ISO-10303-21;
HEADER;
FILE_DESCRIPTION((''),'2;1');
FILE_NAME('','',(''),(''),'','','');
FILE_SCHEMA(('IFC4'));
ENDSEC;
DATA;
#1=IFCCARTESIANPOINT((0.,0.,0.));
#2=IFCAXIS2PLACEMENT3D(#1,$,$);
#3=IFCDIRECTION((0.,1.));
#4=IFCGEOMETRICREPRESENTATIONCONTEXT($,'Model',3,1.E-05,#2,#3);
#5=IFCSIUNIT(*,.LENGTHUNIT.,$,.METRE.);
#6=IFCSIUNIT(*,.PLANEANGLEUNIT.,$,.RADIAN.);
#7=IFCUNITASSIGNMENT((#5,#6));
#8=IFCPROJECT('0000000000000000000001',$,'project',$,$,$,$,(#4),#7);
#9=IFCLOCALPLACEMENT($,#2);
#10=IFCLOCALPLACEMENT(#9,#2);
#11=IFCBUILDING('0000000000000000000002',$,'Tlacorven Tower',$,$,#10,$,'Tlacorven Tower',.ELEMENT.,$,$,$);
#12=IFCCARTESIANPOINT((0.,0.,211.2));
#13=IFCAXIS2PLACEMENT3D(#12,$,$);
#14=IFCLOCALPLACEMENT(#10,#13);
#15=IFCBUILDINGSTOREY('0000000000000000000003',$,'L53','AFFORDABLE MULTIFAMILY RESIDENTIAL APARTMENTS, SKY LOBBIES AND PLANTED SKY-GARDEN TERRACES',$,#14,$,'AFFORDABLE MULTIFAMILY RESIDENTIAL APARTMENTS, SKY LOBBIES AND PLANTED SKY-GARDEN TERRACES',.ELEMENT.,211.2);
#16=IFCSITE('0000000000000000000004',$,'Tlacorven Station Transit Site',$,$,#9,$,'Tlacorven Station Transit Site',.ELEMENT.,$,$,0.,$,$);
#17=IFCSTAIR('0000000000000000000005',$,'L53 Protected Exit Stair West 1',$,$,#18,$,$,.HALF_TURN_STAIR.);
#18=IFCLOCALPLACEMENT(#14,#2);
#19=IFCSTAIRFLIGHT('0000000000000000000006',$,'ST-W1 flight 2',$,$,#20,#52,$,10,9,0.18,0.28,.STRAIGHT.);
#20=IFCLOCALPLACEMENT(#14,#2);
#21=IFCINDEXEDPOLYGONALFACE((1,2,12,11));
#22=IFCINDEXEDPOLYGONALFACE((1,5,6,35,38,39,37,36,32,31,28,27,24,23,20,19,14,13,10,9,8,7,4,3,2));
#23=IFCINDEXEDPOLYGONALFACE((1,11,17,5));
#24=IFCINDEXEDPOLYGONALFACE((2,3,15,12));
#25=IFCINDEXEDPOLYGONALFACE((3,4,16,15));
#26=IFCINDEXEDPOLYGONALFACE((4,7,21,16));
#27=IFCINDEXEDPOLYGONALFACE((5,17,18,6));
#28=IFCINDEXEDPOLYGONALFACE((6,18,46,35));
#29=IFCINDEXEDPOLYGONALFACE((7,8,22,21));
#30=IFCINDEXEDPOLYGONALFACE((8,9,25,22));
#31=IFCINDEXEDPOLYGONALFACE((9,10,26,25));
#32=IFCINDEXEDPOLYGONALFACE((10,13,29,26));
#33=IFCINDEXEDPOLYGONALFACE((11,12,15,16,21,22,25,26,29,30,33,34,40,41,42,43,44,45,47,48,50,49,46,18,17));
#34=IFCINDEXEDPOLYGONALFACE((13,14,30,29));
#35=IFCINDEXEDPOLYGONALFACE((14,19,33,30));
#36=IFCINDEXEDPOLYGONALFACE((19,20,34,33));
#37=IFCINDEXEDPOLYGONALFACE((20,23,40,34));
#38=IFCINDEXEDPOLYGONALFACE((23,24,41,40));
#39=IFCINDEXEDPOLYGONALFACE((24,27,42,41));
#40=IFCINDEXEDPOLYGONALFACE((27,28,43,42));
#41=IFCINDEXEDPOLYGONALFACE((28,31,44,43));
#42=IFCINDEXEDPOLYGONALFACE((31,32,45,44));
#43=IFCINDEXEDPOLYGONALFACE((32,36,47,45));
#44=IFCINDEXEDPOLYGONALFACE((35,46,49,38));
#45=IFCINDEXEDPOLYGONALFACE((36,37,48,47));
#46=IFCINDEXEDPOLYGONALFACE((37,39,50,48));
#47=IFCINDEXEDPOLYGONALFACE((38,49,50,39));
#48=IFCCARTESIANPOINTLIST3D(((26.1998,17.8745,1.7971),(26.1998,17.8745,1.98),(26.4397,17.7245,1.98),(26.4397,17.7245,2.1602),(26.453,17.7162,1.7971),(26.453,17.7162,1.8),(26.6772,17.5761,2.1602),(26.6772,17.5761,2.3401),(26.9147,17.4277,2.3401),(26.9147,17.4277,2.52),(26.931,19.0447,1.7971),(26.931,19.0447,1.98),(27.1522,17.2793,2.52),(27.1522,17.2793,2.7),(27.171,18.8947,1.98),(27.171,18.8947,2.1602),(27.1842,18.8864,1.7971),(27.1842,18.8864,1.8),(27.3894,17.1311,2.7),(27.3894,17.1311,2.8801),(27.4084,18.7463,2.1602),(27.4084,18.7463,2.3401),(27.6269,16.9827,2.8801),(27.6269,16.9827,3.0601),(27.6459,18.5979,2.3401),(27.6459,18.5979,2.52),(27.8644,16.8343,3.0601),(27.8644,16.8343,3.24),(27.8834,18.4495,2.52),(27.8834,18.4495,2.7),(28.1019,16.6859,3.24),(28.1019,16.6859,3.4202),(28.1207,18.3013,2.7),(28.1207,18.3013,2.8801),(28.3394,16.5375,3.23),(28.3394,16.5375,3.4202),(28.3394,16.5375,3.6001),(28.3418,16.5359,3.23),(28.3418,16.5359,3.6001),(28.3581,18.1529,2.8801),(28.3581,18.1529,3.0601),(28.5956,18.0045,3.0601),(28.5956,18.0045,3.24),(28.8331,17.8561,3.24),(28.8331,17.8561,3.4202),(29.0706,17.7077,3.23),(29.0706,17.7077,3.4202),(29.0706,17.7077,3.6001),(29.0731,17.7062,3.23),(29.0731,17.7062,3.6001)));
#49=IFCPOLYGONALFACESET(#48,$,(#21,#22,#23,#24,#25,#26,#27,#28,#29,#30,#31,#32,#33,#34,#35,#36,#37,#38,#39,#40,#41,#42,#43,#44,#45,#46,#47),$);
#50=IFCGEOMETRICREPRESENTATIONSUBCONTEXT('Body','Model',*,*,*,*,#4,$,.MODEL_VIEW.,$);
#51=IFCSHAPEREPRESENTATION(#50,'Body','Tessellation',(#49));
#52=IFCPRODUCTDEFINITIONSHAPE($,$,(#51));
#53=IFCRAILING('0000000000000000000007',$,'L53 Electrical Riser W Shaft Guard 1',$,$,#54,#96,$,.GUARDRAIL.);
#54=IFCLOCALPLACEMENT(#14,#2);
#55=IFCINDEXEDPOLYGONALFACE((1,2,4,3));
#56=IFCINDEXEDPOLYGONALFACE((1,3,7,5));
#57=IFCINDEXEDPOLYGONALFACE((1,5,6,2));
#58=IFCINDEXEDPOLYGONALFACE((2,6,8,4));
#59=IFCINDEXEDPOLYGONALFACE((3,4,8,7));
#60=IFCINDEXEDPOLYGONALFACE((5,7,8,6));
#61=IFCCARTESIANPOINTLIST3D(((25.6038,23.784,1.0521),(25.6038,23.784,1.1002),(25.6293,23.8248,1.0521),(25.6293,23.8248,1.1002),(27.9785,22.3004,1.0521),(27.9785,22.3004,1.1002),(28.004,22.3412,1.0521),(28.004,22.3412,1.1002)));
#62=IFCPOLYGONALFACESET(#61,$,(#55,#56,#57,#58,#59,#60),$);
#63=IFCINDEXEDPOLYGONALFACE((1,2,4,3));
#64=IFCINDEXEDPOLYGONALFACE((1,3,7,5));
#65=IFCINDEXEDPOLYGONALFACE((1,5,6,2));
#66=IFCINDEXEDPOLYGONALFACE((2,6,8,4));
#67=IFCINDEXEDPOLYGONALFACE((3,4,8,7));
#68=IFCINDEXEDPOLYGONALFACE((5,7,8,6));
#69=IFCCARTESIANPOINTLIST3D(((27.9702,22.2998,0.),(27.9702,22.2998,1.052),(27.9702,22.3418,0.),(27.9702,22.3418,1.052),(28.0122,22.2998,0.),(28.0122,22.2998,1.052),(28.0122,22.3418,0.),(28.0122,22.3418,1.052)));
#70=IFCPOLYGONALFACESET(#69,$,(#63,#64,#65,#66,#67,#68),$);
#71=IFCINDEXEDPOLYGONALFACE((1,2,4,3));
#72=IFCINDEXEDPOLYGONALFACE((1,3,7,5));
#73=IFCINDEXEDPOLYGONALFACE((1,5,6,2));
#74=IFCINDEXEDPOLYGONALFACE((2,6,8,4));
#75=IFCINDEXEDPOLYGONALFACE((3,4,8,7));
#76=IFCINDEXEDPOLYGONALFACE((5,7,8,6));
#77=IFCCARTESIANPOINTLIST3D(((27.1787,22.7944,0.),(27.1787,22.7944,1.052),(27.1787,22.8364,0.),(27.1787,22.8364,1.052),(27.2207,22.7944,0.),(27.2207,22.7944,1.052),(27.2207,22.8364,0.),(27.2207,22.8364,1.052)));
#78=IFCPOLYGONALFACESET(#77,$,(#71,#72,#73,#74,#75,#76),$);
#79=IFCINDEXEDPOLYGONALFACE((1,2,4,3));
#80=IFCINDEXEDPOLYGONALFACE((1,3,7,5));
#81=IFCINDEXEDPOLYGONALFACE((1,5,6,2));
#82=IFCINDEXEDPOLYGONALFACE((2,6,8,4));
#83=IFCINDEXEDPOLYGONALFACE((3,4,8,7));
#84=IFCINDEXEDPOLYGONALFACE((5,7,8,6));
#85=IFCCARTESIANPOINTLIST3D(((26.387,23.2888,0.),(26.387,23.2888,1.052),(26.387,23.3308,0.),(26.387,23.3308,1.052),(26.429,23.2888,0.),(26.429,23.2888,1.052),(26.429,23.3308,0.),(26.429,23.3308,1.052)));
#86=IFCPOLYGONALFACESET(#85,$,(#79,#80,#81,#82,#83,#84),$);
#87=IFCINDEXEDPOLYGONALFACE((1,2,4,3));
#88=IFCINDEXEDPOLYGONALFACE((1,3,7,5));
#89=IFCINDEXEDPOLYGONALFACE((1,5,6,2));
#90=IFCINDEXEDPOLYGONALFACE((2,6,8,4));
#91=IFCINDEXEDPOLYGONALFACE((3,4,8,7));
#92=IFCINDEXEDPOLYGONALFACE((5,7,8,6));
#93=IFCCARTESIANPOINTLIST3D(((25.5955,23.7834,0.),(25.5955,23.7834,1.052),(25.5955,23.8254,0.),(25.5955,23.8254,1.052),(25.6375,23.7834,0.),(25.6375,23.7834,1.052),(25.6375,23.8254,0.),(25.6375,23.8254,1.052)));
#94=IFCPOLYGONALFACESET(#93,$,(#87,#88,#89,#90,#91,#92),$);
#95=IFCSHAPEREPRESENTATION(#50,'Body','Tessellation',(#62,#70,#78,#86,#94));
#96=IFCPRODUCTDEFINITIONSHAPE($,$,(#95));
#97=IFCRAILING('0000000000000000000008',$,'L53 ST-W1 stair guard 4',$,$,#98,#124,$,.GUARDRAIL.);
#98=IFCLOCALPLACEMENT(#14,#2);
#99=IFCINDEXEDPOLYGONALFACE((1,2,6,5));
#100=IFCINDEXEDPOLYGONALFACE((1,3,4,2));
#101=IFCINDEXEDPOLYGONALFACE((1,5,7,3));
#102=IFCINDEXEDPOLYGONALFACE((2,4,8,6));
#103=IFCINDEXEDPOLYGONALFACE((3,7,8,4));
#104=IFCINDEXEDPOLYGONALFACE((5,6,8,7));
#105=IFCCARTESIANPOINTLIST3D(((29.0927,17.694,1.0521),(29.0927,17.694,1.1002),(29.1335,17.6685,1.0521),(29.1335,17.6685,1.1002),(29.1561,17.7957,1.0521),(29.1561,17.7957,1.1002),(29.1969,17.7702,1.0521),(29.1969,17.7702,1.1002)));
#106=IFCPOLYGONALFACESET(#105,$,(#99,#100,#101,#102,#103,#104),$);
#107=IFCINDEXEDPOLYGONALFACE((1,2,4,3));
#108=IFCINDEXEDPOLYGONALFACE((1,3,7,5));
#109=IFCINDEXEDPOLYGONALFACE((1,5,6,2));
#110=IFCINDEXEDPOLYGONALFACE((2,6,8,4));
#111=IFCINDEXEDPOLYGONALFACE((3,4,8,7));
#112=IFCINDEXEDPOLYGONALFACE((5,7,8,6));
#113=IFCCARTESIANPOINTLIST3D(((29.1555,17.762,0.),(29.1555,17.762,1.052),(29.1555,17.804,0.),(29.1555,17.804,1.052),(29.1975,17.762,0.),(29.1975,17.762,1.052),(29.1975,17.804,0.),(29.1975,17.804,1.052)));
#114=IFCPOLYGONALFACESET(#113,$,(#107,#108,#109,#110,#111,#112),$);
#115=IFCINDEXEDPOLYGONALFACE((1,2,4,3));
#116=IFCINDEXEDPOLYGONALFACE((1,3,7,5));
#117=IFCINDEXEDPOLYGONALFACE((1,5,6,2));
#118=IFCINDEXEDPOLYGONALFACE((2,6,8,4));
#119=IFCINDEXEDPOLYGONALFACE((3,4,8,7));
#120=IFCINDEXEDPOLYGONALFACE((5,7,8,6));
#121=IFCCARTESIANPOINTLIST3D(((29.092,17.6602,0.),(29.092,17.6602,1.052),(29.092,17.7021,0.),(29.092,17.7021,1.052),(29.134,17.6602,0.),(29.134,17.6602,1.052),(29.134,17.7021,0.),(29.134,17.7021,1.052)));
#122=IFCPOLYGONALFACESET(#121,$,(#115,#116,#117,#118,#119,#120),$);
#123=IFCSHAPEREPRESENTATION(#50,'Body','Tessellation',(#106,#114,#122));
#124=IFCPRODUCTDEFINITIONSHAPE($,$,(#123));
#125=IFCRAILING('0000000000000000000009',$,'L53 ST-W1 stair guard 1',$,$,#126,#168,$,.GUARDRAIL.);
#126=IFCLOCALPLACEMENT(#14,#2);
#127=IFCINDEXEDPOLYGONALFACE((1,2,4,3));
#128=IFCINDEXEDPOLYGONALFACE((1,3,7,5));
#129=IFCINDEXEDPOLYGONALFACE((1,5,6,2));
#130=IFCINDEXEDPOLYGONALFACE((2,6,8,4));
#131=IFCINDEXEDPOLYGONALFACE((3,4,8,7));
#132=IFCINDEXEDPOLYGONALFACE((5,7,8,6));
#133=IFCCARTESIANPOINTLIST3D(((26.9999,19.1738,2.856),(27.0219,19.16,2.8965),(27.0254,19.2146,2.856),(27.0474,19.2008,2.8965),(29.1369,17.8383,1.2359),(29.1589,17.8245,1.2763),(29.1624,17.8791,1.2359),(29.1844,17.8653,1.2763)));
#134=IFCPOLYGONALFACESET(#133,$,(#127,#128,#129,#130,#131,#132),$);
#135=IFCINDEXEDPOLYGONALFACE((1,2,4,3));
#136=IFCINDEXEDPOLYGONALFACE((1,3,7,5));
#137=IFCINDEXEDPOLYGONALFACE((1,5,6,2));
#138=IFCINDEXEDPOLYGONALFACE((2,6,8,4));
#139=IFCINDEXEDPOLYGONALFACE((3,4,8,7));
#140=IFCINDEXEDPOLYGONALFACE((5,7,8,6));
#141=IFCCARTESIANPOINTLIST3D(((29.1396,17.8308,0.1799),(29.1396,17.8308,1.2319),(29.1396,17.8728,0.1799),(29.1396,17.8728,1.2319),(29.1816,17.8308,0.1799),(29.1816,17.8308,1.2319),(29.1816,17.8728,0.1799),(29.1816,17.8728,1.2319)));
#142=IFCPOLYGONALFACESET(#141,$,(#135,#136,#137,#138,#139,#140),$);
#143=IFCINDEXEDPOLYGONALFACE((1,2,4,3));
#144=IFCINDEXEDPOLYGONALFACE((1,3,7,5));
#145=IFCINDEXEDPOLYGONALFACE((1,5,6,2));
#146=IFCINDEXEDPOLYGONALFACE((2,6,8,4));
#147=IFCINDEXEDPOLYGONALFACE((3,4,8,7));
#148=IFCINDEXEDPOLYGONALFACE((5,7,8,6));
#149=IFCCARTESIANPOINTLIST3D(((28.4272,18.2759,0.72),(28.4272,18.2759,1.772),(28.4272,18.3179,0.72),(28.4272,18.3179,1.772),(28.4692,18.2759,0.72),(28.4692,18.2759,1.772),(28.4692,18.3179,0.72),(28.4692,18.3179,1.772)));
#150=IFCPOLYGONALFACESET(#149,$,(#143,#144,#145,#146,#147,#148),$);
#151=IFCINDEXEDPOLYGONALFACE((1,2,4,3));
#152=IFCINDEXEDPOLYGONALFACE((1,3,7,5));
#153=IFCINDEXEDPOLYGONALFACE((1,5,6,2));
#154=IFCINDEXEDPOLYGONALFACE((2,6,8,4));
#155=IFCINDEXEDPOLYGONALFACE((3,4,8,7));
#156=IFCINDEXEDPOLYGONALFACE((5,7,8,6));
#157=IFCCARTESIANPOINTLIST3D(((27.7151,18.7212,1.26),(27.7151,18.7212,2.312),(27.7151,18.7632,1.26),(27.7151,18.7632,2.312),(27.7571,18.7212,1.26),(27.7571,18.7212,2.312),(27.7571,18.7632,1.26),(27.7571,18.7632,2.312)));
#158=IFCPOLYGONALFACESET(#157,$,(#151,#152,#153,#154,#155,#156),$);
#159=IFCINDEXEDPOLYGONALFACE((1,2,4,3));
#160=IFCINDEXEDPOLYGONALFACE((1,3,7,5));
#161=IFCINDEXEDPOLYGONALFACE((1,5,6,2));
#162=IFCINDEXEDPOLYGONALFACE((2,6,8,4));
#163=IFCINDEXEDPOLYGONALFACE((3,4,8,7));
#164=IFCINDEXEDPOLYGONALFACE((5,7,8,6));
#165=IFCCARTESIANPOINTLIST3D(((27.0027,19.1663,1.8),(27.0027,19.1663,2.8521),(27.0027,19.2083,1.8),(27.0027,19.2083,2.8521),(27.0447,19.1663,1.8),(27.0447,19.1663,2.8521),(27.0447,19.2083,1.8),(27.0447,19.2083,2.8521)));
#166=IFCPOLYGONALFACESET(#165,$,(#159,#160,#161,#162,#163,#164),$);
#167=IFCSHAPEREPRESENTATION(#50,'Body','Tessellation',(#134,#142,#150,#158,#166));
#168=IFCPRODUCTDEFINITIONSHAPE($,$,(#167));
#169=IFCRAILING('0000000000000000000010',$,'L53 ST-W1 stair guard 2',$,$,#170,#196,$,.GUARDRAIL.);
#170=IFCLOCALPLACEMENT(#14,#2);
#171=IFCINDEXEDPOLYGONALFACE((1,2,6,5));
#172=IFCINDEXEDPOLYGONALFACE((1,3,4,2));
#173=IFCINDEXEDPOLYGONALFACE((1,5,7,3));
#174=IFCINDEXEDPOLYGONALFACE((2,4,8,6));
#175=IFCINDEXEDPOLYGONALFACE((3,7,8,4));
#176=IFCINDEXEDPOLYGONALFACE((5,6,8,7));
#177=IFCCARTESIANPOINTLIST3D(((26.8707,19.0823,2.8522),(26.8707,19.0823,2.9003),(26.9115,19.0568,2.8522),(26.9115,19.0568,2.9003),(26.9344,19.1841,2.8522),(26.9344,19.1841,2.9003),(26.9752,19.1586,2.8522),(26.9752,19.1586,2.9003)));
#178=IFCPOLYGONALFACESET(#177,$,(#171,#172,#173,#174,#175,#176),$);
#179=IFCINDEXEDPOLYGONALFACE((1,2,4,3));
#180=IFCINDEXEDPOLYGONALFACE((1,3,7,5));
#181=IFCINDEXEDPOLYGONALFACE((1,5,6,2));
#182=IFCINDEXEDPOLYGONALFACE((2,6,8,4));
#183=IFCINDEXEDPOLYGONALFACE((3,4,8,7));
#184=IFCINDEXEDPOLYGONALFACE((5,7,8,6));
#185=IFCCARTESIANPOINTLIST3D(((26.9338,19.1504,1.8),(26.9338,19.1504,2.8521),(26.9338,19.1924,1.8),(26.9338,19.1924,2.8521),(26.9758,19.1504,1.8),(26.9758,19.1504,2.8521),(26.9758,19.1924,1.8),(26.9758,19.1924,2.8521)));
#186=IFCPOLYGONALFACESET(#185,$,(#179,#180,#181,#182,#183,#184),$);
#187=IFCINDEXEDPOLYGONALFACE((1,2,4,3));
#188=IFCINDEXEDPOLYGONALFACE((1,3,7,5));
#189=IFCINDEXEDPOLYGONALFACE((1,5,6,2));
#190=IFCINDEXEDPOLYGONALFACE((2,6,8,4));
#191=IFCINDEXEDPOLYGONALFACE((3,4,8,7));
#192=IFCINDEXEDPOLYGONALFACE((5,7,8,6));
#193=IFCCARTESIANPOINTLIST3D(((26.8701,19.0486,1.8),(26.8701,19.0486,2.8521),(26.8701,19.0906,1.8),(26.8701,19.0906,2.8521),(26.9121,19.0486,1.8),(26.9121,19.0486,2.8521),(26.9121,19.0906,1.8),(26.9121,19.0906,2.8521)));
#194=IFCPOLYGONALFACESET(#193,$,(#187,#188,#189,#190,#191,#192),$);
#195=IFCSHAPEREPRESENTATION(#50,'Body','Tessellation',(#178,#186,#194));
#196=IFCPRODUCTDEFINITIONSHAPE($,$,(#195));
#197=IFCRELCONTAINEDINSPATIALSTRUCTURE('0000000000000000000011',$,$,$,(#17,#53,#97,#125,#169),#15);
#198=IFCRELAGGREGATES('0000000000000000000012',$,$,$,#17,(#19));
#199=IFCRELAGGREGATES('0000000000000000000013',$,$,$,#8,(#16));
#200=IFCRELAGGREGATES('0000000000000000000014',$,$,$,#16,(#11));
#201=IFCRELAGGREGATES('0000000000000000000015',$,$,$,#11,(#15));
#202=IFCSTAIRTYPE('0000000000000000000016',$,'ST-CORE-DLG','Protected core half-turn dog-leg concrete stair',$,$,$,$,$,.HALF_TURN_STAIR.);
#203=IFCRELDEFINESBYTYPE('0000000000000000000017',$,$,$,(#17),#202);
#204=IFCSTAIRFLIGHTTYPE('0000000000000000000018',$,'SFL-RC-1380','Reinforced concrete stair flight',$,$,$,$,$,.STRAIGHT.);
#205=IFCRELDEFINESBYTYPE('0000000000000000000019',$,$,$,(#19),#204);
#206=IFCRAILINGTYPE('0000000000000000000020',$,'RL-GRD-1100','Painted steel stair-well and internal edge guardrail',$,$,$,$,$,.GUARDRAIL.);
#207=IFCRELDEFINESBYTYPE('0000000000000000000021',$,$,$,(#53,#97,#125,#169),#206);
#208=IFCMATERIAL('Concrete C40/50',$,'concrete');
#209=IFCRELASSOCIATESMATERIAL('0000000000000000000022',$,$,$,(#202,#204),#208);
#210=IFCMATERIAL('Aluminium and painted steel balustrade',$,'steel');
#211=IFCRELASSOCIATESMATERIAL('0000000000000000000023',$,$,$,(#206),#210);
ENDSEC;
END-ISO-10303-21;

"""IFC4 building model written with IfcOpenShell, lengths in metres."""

from ifc_helpers import new_model, si_unit, direction, frame, origin, origin_2d, place, context, subcontext, project, spatial, polyline, rectangle, outline, extrude, source, transform, mapped, material, type_object, element, aggregate, save


model = new_model("IFC4")

# Units and contexts
model_context = context("Model", 3, precision=1e-05, world=origin(), true_north=direction((0.0, 1.0)))
body_context = subcontext(model_context, "Body", "Model", "MODEL_VIEW")
ifc_project = project(units=[si_unit("LENGTHUNIT", "METRE"), si_unit("PLANEANGLEUNIT", "RADIAN")], contexts=[model_context])

# Site, building, storey
site_placement = place(None, origin())
site = spatial("IfcSite", under=ifc_project, at=site_placement, Name="Tlacorven Station Transit Site", LongName="Tlacorven Station Transit Site", CompositionType="ELEMENT", RefElevation=0.0)
building_placement = place(site_placement, origin())
building = spatial("IfcBuilding", under=site, at=building_placement, Name="Tlacorven Tower", LongName="Tlacorven Tower", CompositionType="ELEMENT")
storey_placement = place(building_placement, frame((0.0, 0.0, 211.2)))
storey = spatial("IfcBuildingStorey", under=building, at=storey_placement, Name="L53", Description="AFFORDABLE MULTIFAMILY RESIDENTIAL APARTMENTS, SKY LOBBIES AND PLANTED SKY-GARDEN TERRACES", LongName="AFFORDABLE MULTIFAMILY RESIDENTIAL APARTMENTS, SKY LOBBIES AND PLANTED SKY-GARDEN TERRACES", CompositionType="ELEMENT", Elevation=211.2)

# Shared definitions
ifc_material_1 = material(Name="Concrete C40/50", Category="concrete")

# Stair, stair flight
stair_type = type_object("IfcStairType", Name="ST-CORE-DLG", Description="Protected core half-turn dog-leg concrete stair", PredefinedType="HALF_TURN_STAIR", material=ifc_material_1)
stair_placement = place(storey_placement, origin())
stair = element("IfcStair", 1, at=stair_placement, inside=storey, type_object=stair_type, Name="L53 Protected Exit Stair West 1", PredefinedType="HALF_TURN_STAIR")
stair_flight_type = type_object("IfcStairFlightType", Name="SFL-RC-1380", Description="Reinforced concrete stair flight", PredefinedType="STRAIGHT", material=ifc_material_1)
shared_shape_1 = source(origin(), body_context, "Body", "SweptSolid", [
    extrude(outline(polyline([(-0.0029, -0.0029), (-0.0029, 0.1799), (0.28, 0.1799), (0.28, 0.3601), (0.5601, 0.3601), (0.5601, 0.54), (0.8401, 0.54), (0.8401, 0.72), (1.1201, 0.72), (1.1201, 0.8999), (1.3999, 0.8999), (1.3999, 1.0801), (1.6799, 1.0801), (1.6799, 1.26), (1.96, 1.26), (1.96, 1.4399), (2.24, 1.4399), (2.24, 1.6201), (2.52, 1.6201), (2.52, 1.8), (2.5229, 1.8), (2.5229, 1.4299), (2.52, 1.4299), (0.2957, 0.0), (0.2957, -0.0029), (-0.0029, -0.0029)])), frame((0.0, 0.6899, 0.0), z_axis=(0.0, -1.0, 0.0), x_axis=(1.0, 0.0, 0.0)), (0.0, 0.0, 1.0), 1.3799),
])
stair_flight_1_placement = place(storey_placement, frame((26.5679, 18.458, 1.8), z_axis=(0.0, 0.0, 1.0), x_axis=(0.848048, -0.529919, 0.0)))
stair_flight_1 = element("IfcStairFlight", 2, at=stair_flight_1_placement, type_object=stair_flight_type, Name="ST-W1 flight 2", NumberOfRisers=10, NumberOfTreads=9, PredefinedType="STRAIGHT", RiserHeight=0.18, TreadLength=0.28, context=body_context, shape_type="MappedRepresentation", body=[
    mapped(shared_shape_1, transform((0.0, 0.0, 0.0), scale=1.0)),
])
aggregate(stair, [stair_flight_1])

# Railings
ifc_material_2 = material(Name="Aluminium and painted steel balustrade", Category="steel")
railing_type_1 = type_object("IfcRailingType", Name="RL-GRD-1100", Description="Painted steel stair-well and internal edge guardrail", PredefinedType="GUARDRAIL", material=ifc_material_2)
shared_shape_2 = source(origin(), body_context, "Body", "SweptSolid", [
    extrude(rectangle(XDim=0.0481, YDim=0.0481, at=origin_2d()), frame((0.0, 0.0, 1.0762), z_axis=(-0.848091, 0.52985, 0.0), x_axis=(-0.52985, -0.848091, 0.0)), (0.0, 0.0, 1.0), 2.8),
    extrude(rectangle(XDim=0.042, YDim=0.042, at=origin_2d()), origin(), (0.0, 0.0, 1.0), 1.052),
    extrude(rectangle(XDim=0.042, YDim=0.042, at=origin_2d()), frame((-0.7915, 0.4946, 0.0)), (0.0, 0.0, 1.0), 1.052),
    extrude(rectangle(XDim=0.042, YDim=0.042, at=origin_2d()), frame((-1.5833, 0.989, 0.0)), (0.0, 0.0, 1.0), 1.052),
    extrude(rectangle(XDim=0.042, YDim=0.042, at=origin_2d()), frame((-2.3748, 1.4836, 0.0)), (0.0, 0.0, 1.0), 1.052),
])
railing_1_placement = place(storey_placement, frame((27.9912, 22.3208, 0.0)))
element("IfcRailing", 3, at=railing_1_placement, inside=storey, type_object=railing_type_1, Name="L53 Electrical Riser W Shaft Guard 1", PredefinedType="GUARDRAIL", context=body_context, shape_type="MappedRepresentation", body=[
    mapped(shared_shape_2, transform((0.0, 0.0, 0.0), scale=1.0)),
])
shared_shape_3 = source(origin(), body_context, "Body", "SweptSolid", [
    extrude(rectangle(XDim=0.0481, YDim=0.0481, at=origin_2d()), frame((0.0, 0.0, 1.0762), z_axis=(-0.529084, -0.848569, 0.0), x_axis=(0.848569, -0.529084, 0.0)), (0.0, 0.0, 1.0), 0.1199),
    extrude(rectangle(XDim=0.042, YDim=0.042, at=origin_2d()), origin(), (0.0, 0.0, 1.0), 1.052),
    extrude(rectangle(XDim=0.042, YDim=0.042, at=origin_2d()), frame((-0.0635, -0.1018, 0.0)), (0.0, 0.0, 1.0), 1.052),
])
railing_2_placement = place(storey_placement, frame((29.1765, 17.783, 0.0)))
element("IfcRailing", 4, at=railing_2_placement, inside=storey, type_object=railing_type_1, Name="L53 ST-W1 stair guard 4", PredefinedType="GUARDRAIL", context=body_context, shape_type="MappedRepresentation", body=[
    mapped(shared_shape_3, transform((0.0, 0.0, 0.0), scale=1.0)),
])
shared_shape_4 = source(origin(), body_context, "Body", "SweptSolid", [
    extrude(rectangle(XDim=0.0481, YDim=0.0481, at=origin_2d()), frame((0.0, 0.0, 1.0762), z_axis=(-0.71332, 0.445774, 0.540796), x_axis=(-0.529955, -0.848026, 0.0)), (0.0, 0.0, 1.0), 2.9958),
    extrude(rectangle(XDim=0.042, YDim=0.042, at=origin_2d()), origin(), (0.0, 0.0, 1.0), 1.052),
    extrude(rectangle(XDim=0.042, YDim=0.042, at=origin_2d()), frame((-0.7124, 0.4451, 0.54)), (0.0, 0.0, 1.0), 1.052),
    extrude(rectangle(XDim=0.042, YDim=0.042, at=origin_2d()), frame((-1.4246, 0.8904, 1.0801)), (0.0, 0.0, 1.0), 1.052),
    extrude(rectangle(XDim=0.042, YDim=0.042, at=origin_2d()), frame((-2.137, 1.3354, 1.6201)), (0.0, 0.0, 1.0), 1.052),
])
railing_3_placement = place(storey_placement, frame((29.1606, 17.8518, 0.1799)))
element("IfcRailing", 5, at=railing_3_placement, inside=storey, type_object=railing_type_1, Name="L53 ST-W1 stair guard 1", PredefinedType="GUARDRAIL", context=body_context, shape_type="MappedRepresentation", body=[
    mapped(shared_shape_4, transform((0.0, 0.0, 0.0), scale=1.0)),
])
shared_shape_5 = source(origin(), body_context, "Body", "SweptSolid", [
    extrude(rectangle(XDim=0.0481, YDim=0.0481, at=origin_2d()), frame((0.0, 0.0, 1.0762), z_axis=(-0.530547, -0.847656, 0.0), x_axis=(0.847656, -0.530547, 0.0)), (0.0, 0.0, 1.0), 0.1201),
    extrude(rectangle(XDim=0.042, YDim=0.042, at=origin_2d()), origin(), (0.0, 0.0, 1.0), 1.052),
    extrude(rectangle(XDim=0.042, YDim=0.042, at=origin_2d()), frame((-0.0637, -0.1018, 0.0)), (0.0, 0.0, 1.0), 1.052),
])
railing_4_placement = place(storey_placement, frame((26.9548, 19.1714, 1.8)))
element("IfcRailing", 6, at=railing_4_placement, inside=storey, type_object=railing_type_1, Name="L53 ST-W1 stair guard 2", PredefinedType="GUARDRAIL", context=body_context, shape_type="MappedRepresentation", body=[
    mapped(shared_shape_5, transform((0.0, 0.0, 0.0), scale=1.0)),
])

save(model, "model.ifc")
